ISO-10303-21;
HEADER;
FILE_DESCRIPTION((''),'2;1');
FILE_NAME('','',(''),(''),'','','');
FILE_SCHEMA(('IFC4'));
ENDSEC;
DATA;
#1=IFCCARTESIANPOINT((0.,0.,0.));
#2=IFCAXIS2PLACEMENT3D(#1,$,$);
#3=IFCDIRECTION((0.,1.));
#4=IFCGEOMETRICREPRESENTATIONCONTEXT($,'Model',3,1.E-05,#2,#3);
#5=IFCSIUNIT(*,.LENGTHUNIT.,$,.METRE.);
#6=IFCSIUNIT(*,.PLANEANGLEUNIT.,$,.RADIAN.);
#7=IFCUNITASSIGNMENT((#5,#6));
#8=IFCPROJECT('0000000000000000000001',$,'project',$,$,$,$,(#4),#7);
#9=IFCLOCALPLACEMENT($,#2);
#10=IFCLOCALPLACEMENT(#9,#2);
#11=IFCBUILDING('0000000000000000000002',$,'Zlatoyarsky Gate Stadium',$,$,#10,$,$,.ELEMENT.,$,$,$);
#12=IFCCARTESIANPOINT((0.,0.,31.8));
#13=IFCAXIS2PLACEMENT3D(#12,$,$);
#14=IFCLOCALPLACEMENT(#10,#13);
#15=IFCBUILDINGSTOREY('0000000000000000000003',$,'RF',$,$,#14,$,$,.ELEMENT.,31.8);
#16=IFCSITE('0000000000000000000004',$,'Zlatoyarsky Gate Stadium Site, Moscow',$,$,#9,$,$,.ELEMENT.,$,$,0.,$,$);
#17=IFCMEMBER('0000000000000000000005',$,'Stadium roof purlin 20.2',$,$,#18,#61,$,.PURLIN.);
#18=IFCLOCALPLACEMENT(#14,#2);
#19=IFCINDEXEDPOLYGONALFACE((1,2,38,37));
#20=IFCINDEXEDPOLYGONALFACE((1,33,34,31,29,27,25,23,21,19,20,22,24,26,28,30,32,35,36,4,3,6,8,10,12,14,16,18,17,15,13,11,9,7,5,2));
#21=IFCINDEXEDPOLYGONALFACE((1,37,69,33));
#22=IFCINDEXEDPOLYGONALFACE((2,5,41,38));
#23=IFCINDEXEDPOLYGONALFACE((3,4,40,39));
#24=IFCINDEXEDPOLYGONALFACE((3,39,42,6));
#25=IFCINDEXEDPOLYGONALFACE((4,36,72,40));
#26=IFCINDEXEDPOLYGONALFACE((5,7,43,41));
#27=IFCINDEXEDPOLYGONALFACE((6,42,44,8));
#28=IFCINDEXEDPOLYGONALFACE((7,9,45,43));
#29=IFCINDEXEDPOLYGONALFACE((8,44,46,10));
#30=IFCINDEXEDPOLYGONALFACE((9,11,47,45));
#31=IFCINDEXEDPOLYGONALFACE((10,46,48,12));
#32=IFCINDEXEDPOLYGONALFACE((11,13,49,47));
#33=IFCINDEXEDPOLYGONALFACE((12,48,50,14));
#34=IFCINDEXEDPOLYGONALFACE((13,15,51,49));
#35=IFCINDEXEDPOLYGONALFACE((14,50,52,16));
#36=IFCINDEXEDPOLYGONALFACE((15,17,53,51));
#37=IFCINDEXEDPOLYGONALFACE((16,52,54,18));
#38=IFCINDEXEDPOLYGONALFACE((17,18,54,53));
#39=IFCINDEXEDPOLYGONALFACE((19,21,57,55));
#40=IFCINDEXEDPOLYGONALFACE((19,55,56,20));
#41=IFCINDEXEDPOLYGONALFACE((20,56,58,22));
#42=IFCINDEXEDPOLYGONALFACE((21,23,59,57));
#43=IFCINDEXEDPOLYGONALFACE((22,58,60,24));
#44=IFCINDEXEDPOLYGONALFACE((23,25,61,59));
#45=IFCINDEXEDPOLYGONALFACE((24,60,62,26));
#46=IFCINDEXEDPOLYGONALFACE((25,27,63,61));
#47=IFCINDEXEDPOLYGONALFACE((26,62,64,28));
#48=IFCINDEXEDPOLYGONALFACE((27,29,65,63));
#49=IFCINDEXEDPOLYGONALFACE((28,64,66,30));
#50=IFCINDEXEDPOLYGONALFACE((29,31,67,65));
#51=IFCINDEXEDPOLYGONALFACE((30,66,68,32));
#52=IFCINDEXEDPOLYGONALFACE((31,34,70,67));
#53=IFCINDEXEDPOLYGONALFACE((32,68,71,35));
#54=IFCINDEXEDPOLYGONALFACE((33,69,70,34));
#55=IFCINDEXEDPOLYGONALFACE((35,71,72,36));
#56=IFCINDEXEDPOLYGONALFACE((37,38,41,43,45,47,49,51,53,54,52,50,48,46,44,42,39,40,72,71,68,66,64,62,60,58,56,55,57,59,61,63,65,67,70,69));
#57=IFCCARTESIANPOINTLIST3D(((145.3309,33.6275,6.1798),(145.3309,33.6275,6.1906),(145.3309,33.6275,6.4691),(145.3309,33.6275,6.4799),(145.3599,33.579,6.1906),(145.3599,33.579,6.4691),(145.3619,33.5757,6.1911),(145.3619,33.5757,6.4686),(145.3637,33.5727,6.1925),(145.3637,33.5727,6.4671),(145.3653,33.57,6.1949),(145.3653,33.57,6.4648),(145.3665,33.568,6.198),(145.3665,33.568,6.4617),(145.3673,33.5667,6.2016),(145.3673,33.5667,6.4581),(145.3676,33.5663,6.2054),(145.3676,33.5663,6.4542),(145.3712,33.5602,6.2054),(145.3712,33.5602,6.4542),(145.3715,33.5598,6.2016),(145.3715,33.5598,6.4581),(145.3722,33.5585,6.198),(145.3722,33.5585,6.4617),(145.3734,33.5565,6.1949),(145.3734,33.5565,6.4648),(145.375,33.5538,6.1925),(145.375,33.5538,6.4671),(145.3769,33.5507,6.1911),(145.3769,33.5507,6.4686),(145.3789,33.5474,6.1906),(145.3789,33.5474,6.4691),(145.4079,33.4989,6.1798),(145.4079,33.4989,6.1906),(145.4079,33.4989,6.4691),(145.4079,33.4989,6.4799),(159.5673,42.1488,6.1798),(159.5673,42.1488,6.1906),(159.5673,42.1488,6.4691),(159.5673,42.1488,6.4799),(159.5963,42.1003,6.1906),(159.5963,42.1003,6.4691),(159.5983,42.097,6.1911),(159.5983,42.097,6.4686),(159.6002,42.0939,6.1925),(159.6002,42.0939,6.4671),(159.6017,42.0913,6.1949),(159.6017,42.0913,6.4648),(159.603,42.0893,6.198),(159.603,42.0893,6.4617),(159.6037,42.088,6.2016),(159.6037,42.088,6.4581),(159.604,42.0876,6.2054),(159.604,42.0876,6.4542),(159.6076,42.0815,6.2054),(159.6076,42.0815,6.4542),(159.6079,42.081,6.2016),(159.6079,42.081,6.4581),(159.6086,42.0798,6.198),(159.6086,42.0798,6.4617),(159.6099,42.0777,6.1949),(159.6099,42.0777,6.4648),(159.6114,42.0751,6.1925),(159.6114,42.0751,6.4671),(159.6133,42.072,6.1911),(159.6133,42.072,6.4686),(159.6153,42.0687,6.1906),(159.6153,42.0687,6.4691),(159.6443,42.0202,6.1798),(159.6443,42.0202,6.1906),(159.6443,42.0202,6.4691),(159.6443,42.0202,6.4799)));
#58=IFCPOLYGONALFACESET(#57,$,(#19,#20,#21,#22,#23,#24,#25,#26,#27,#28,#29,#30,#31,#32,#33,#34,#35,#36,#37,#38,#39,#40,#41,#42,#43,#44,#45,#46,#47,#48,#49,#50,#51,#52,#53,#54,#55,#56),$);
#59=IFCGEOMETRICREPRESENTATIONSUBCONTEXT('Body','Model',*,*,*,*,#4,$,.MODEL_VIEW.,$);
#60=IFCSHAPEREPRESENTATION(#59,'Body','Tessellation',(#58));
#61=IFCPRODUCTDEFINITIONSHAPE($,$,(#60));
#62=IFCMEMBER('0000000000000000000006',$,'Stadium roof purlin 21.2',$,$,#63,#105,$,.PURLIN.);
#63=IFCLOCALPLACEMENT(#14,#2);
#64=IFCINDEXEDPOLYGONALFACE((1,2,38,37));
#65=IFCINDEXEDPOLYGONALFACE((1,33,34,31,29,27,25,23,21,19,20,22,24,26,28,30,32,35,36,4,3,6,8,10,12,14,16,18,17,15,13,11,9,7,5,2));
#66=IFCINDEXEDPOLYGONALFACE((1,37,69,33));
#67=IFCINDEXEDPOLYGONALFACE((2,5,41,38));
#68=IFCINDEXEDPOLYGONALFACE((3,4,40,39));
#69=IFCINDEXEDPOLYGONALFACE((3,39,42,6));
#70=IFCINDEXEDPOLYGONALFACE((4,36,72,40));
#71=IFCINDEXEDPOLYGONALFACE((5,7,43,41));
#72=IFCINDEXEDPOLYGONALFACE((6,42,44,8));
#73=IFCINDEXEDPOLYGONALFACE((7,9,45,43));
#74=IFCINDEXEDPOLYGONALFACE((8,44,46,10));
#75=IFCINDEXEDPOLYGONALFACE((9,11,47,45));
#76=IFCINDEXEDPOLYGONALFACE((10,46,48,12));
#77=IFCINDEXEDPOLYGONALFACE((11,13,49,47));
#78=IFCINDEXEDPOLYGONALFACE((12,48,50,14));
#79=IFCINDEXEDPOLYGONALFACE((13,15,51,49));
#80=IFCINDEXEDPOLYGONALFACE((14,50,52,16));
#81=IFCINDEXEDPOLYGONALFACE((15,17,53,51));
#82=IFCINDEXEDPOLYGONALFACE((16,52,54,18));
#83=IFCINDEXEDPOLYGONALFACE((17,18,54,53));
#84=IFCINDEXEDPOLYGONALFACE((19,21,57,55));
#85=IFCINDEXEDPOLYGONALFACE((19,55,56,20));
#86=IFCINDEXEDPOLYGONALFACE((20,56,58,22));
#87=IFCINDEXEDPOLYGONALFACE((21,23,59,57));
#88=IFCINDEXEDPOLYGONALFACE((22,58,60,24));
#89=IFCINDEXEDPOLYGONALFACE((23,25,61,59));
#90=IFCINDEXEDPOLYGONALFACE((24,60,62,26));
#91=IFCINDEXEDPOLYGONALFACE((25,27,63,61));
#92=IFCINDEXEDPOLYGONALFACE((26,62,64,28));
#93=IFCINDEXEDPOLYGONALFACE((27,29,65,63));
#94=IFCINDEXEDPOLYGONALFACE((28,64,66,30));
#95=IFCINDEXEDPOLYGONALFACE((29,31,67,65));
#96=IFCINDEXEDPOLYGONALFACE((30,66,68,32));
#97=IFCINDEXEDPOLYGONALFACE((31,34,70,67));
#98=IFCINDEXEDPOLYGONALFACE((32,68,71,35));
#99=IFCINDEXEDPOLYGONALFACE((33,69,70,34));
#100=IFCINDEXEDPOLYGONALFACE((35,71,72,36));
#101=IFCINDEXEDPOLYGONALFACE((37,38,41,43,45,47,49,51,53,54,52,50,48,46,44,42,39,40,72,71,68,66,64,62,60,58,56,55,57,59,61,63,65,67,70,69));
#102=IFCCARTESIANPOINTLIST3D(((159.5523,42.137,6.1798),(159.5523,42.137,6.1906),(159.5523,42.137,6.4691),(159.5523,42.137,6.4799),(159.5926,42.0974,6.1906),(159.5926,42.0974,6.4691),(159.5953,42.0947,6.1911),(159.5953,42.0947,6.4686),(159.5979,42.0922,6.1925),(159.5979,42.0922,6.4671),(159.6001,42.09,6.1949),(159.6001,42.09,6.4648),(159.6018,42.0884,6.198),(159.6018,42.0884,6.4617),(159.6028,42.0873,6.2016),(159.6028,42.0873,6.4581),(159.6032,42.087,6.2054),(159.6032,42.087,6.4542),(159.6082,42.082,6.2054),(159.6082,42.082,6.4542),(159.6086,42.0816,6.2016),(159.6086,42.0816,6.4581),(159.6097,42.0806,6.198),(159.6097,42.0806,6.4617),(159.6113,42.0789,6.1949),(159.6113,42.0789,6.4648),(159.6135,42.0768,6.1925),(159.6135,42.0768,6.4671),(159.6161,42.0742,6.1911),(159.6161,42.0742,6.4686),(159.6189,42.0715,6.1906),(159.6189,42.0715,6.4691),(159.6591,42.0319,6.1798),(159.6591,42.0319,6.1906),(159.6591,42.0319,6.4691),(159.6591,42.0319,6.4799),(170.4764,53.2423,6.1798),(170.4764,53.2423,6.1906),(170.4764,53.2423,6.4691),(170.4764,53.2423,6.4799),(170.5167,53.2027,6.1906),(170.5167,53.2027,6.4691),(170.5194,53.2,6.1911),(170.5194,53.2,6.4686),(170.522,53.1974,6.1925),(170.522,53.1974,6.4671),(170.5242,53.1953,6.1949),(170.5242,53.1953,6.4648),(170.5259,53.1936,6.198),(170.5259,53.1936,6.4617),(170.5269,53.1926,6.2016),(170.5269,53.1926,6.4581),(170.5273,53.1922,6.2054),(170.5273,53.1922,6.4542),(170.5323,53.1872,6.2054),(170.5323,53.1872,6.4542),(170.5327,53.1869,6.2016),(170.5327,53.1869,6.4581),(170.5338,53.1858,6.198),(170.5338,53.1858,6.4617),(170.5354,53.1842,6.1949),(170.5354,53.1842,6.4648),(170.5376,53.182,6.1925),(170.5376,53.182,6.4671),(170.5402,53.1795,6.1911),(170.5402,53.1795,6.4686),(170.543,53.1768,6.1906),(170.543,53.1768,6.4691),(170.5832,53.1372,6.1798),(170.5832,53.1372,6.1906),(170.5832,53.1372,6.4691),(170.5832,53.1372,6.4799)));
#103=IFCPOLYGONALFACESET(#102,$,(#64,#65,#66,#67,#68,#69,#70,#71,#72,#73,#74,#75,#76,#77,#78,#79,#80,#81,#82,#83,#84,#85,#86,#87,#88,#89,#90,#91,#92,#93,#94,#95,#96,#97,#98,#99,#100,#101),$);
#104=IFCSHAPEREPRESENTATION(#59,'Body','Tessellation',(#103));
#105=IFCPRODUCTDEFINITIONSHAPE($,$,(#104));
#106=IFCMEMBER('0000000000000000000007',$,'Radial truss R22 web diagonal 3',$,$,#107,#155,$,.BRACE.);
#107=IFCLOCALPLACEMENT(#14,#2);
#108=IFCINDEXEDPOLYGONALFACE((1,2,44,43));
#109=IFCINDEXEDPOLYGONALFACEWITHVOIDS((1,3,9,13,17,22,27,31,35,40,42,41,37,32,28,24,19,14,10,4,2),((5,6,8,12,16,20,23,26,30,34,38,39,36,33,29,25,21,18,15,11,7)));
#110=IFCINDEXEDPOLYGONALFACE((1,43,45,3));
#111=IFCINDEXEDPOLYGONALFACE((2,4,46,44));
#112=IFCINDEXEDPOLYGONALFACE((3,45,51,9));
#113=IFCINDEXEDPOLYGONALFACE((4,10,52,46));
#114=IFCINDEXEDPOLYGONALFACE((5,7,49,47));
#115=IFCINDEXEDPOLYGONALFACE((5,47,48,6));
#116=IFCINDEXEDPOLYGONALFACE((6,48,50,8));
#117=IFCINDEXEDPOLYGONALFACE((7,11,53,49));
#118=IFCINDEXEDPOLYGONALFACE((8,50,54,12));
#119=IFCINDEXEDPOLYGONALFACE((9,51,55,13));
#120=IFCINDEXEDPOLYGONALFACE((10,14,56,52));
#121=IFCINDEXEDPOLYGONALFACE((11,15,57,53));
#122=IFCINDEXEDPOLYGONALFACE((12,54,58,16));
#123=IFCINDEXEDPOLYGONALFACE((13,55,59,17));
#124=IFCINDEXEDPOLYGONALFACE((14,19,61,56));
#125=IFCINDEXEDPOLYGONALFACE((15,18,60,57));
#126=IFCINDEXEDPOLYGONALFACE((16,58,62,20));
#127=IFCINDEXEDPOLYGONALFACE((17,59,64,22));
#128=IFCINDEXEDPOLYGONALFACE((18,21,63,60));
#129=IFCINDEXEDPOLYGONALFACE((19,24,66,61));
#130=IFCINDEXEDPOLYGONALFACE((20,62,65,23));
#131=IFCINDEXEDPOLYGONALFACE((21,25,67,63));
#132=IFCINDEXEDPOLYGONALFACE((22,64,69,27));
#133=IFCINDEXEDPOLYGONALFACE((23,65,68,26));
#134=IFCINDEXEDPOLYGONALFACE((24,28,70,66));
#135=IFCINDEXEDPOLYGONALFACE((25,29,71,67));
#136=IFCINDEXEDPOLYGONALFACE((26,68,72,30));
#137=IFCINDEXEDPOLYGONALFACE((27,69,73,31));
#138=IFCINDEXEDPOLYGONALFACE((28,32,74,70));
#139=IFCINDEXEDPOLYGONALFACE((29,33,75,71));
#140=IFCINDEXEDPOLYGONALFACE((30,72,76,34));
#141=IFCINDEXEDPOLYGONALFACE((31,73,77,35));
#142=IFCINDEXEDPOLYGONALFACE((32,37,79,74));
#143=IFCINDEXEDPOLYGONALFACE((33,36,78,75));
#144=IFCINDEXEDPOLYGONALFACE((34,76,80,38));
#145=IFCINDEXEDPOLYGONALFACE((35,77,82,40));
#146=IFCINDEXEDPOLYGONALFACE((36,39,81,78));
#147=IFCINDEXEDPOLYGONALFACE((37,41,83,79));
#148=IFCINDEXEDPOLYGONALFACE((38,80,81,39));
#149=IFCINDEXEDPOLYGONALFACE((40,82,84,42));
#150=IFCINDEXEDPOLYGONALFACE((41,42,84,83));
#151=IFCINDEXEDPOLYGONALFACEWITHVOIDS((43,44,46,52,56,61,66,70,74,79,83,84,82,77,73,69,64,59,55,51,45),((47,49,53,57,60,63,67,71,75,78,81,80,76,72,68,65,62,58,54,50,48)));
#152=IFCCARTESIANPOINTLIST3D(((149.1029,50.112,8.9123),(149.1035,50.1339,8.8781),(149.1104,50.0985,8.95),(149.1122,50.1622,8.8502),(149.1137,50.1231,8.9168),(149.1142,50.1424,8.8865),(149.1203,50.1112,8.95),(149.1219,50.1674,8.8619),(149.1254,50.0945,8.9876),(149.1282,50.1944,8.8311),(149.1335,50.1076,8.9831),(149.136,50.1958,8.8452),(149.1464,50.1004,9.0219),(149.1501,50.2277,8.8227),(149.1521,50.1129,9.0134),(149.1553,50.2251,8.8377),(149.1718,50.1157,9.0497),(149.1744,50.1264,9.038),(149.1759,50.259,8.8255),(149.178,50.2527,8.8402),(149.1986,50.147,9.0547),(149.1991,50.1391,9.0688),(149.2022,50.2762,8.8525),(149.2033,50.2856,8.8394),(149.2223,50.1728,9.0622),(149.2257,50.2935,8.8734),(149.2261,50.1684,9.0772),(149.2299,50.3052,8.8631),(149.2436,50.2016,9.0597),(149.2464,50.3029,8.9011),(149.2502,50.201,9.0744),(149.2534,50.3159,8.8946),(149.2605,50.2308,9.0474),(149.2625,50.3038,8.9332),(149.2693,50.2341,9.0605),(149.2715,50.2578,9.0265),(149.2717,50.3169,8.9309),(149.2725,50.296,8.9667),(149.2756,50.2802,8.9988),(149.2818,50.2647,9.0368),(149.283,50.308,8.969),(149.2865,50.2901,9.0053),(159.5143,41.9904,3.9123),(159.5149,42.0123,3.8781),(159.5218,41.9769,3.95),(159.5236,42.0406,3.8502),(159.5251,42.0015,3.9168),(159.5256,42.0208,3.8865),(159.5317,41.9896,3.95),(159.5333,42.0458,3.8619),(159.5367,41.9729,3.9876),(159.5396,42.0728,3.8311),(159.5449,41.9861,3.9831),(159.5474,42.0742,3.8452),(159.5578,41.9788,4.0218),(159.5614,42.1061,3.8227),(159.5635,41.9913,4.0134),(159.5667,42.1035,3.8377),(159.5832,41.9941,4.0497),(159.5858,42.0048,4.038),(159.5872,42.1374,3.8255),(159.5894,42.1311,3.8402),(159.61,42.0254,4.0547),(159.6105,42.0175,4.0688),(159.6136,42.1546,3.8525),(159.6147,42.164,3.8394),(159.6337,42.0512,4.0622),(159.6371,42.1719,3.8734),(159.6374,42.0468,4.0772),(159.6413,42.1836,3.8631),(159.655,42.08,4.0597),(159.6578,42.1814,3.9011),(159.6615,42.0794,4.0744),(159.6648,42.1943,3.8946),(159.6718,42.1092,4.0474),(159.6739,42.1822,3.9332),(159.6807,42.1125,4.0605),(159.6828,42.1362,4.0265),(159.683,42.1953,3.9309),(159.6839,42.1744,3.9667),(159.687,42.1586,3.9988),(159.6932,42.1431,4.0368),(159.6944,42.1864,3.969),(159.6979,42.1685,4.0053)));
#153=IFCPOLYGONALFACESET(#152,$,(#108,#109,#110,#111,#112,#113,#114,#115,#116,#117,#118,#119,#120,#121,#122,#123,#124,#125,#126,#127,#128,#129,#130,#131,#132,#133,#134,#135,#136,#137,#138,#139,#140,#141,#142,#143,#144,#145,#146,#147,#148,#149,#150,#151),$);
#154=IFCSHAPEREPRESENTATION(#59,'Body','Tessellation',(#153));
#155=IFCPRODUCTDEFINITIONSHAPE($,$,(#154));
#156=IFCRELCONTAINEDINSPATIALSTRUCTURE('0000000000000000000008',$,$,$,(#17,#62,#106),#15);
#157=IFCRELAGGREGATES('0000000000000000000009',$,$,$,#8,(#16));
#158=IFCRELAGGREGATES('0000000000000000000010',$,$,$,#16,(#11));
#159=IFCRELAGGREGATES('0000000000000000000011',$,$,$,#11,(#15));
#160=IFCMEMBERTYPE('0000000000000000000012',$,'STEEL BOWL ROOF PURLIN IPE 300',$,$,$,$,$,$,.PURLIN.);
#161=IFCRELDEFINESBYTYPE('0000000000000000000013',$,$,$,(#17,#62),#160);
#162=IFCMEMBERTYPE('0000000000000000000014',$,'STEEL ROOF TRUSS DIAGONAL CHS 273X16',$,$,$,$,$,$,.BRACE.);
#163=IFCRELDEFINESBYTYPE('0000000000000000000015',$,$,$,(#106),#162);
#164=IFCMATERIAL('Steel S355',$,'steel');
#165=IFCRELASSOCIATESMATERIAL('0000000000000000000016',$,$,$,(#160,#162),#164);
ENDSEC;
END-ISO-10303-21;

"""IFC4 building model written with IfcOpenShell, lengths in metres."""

from ifc_helpers import new_model, si_unit, direction, frame, origin, origin_2d, place, context, subcontext, project, spatial, hollow_circle, i_section, extrude, material, material_profile, profile_set, type_object, element, save


model = new_model("IFC4")

# Units and contexts
model_context = context("Model", 3, precision=1e-05, world=origin(), true_north=direction((0.0, 1.0)))
body_context = subcontext(model_context, "Body", "Model", "MODEL_VIEW")
ifc_project = project(units=[si_unit("LENGTHUNIT", "METRE"), si_unit("PLANEANGLEUNIT", "RADIAN")], contexts=[model_context])

# Site, building, storey
site_placement = place(None, origin())
site = spatial("IfcSite", under=ifc_project, at=site_placement, Name="Zlatoyarsky Gate Stadium Site, Moscow", CompositionType="ELEMENT", RefElevation=0.0)
building_placement = place(site_placement, origin())
building = spatial("IfcBuilding", under=site, at=building_placement, Name="Zlatoyarsky Gate Stadium", CompositionType="ELEMENT")
storey_placement = place(building_placement, frame((0.0, 0.0, 31.8)))
storey = spatial("IfcBuildingStorey", under=building, at=storey_placement, Name="RF", CompositionType="ELEMENT", Elevation=31.8)

# Members
ifc_material_1 = material(Name="Steel S355", Category="steel")
ifc_material_profile_1 = material_profile(ifc_material_1, i_section(OverallWidth=0.1499, OverallDepth=0.3, WebThickness=0.0071, FlangeThickness=0.0107, FilletRadius=0.0149, at=origin_2d()), Name="IPE 300")
ifc_profile_set_1 = profile_set([ifc_material_profile_1], Name="Steel S355")
member_type_1 = type_object("IfcMemberType", Name="STEEL BOWL ROOF PURLIN IPE 300", PredefinedType="PURLIN", material=ifc_profile_set_1)
member_1_placement = place(storey_placement, frame((145.3694, 33.5632, 6.3298), z_axis=(0.858039, 0.513584, 0.0), x_axis=(-0.513584, 0.858039, 0.0)))
element("IfcMember", 1, at=member_1_placement, inside=storey, type_object=member_type_1, Name="Stadium roof purlin 20.2", PredefinedType="PURLIN", context=body_context, shape_type="SweptSolid", body=[
    extrude(i_section(OverallWidth=0.1499, OverallDepth=0.3, WebThickness=0.0071, FlangeThickness=0.0107, FilletRadius=0.0149, at=origin_2d()), origin(), (0.0, 0.0, 1.0), 16.5918),
])
member_2_placement = place(storey_placement, frame((159.6057, 42.0845, 6.3298), z_axis=(0.701268, 0.712897, 0.0), x_axis=(-0.712897, 0.701268, 0.0)))
element("IfcMember", 2, at=member_2_placement, inside=storey, type_object=member_type_1, Name="Stadium roof purlin 21.2", PredefinedType="PURLIN", context=body_context, shape_type="SweptSolid", body=[
    extrude(i_section(OverallWidth=0.1499, OverallDepth=0.3, WebThickness=0.0071, FlangeThickness=0.0107, FilletRadius=0.0149, at=origin_2d()), origin(), (0.0, 0.0, 1.0), 15.5776),
])
ifc_material_profile_2 = material_profile(ifc_material_1, hollow_circle(Radius=0.1365, WallThickness=0.0161, at=origin_2d()), Name="CHS 273X16")
ifc_profile_set_2 = profile_set([ifc_material_profile_2], Name="Steel S355")
member_type_2 = type_object("IfcMemberType", Name="STEEL ROOF TRUSS DIAGONAL CHS 273X16", PredefinedType="BRACE", material=ifc_profile_set_2)
member_3_placement = place(storey_placement, frame((159.6057, 42.0845, 3.95), z_axis=(-0.737382, 0.575208, 0.354123), x_axis=(-0.615065, -0.788476, 0.0)))
element("IfcMember", 3, at=member_3_placement, inside=storey, type_object=member_type_2, Name="Radial truss R22 web diagonal 3", PredefinedType="BRACE", context=body_context, shape_type="SweptSolid", body=[
    extrude(hollow_circle(Radius=0.1365, WallThickness=0.0161, at=origin_2d()), origin(), (0.0, 0.0, 1.0), 14.1194),
])

save(model, "model.ifc")
